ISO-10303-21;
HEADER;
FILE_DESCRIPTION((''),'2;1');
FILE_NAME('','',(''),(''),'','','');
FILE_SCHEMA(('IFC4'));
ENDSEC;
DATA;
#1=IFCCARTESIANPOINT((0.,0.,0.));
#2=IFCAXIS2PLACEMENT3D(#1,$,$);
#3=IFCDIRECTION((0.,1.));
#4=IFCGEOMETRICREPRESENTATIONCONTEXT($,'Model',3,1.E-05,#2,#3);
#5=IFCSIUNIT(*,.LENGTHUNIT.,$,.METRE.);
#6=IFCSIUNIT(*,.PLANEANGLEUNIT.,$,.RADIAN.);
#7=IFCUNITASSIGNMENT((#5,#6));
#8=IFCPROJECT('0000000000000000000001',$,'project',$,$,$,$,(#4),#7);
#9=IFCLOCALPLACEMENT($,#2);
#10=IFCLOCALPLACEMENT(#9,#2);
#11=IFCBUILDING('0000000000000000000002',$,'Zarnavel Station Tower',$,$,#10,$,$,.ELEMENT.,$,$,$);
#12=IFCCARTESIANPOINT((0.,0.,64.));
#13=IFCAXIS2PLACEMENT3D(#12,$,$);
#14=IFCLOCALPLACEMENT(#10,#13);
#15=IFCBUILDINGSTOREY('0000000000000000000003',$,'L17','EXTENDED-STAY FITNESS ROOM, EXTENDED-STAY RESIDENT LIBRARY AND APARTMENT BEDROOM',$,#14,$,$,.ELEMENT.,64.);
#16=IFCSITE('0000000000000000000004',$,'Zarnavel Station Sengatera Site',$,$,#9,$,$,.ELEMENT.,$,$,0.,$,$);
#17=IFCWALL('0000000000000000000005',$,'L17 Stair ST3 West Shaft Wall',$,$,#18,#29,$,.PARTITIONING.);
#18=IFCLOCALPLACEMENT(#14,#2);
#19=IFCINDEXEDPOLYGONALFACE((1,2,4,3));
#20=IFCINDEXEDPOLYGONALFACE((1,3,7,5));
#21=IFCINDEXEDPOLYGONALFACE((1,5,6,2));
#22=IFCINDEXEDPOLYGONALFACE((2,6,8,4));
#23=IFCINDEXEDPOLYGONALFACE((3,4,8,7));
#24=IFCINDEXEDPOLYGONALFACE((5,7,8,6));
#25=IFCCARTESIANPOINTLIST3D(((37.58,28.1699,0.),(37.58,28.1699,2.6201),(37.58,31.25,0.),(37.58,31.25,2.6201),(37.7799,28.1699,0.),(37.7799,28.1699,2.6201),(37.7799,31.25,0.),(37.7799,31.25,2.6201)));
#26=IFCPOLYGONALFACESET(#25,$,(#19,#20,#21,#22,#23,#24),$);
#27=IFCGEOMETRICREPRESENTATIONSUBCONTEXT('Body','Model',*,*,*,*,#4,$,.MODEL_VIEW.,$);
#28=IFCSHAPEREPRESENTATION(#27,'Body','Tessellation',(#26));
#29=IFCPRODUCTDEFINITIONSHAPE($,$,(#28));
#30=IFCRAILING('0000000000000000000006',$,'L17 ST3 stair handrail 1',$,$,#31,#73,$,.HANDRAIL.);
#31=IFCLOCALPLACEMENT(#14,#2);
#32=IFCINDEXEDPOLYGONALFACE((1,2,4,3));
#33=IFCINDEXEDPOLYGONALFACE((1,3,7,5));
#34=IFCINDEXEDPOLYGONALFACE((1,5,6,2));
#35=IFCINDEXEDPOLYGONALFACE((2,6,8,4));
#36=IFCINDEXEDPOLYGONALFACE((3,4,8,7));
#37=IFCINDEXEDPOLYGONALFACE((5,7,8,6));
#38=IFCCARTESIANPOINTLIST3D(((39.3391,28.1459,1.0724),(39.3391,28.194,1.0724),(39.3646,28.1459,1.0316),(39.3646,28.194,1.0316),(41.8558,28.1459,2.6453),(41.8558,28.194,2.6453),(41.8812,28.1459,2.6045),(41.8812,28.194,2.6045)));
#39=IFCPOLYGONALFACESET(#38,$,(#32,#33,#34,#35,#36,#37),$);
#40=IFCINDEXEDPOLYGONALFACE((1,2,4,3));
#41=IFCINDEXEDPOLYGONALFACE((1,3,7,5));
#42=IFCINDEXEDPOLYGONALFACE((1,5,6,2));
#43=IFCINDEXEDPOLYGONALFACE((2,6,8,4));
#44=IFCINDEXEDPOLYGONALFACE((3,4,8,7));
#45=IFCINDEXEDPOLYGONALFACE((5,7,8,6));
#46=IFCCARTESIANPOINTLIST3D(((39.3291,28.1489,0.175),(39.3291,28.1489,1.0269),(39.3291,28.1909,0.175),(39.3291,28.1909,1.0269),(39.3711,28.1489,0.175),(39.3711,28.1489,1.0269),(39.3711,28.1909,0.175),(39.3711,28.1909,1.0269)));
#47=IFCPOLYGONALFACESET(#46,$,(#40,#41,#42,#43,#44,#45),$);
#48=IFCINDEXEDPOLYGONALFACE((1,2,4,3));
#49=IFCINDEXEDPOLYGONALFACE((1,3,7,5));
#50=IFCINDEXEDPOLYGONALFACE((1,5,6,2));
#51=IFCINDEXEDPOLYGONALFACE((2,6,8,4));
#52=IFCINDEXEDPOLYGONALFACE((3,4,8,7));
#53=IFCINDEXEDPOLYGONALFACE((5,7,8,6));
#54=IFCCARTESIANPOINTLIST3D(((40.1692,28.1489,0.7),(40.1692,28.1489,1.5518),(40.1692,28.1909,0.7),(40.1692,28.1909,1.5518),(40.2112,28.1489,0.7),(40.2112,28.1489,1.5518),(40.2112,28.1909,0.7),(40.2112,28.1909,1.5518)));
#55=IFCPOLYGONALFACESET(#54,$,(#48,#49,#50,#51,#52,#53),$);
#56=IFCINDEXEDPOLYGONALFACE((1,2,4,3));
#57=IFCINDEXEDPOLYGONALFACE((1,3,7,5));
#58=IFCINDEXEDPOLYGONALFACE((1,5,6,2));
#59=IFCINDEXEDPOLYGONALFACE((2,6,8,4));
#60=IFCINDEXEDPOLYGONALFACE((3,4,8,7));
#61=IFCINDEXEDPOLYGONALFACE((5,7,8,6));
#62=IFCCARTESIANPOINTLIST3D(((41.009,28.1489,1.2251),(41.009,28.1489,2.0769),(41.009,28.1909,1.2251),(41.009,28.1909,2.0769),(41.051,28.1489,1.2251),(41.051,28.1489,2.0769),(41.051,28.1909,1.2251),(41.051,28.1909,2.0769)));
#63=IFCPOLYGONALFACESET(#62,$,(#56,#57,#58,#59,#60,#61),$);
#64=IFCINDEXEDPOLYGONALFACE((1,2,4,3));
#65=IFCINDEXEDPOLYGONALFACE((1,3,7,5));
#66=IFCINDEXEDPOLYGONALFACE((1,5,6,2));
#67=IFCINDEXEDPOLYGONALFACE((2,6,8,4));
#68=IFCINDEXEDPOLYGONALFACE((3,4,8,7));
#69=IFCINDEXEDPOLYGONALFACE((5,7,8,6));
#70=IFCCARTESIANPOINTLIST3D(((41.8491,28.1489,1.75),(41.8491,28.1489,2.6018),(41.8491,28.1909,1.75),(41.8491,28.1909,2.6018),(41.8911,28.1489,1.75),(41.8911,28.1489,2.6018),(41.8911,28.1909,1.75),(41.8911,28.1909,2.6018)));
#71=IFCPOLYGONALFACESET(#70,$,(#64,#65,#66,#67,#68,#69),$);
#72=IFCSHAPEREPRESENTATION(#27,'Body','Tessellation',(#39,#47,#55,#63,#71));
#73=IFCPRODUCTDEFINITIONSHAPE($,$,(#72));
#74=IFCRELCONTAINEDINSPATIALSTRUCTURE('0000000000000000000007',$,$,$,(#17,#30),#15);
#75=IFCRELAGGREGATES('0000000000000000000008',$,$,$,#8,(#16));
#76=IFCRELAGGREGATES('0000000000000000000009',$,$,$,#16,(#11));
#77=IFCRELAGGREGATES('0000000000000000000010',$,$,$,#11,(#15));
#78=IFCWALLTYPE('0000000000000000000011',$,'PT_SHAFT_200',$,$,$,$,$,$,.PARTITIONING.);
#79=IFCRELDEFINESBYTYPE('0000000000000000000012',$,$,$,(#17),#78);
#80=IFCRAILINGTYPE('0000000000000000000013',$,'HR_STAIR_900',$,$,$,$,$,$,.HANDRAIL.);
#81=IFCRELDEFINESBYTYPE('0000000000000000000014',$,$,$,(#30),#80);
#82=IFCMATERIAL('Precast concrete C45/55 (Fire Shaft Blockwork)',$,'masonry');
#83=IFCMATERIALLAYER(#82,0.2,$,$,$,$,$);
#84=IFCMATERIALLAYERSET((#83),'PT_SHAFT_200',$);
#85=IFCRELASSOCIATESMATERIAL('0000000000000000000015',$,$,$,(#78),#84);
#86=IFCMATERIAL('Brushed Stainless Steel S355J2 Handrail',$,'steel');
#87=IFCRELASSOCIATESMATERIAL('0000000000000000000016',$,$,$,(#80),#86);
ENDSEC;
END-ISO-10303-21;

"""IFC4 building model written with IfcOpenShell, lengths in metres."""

from ifc_helpers import new_model, si_unit, direction, frame, frame_2d, origin, origin_2d, place, context, subcontext, project, spatial, rectangle, extrude, material, layer, layer_set, type_object, element, save


model = new_model("IFC4")

# Units and contexts
model_context = context("Model", 3, precision=1e-05, world=origin(), true_north=direction((0.0, 1.0)))
body_context = subcontext(model_context, "Body", "Model", "MODEL_VIEW")
ifc_project = project(units=[si_unit("LENGTHUNIT", "METRE"), si_unit("PLANEANGLEUNIT", "RADIAN")], contexts=[model_context])

# Site, building, storey
site_placement = place(None, origin())
site = spatial("IfcSite", under=ifc_project, at=site_placement, Name="Zarnavel Station Sengatera Site", CompositionType="ELEMENT", RefElevation=0.0)
building_placement = place(site_placement, origin())
building = spatial("IfcBuilding", under=site, at=building_placement, Name="Zarnavel Station Tower", CompositionType="ELEMENT")
storey_placement = place(building_placement, frame((0.0, 0.0, 64.0)))
storey = spatial("IfcBuildingStorey", under=building, at=storey_placement, Name="L17", Description="EXTENDED-STAY FITNESS ROOM, EXTENDED-STAY RESIDENT LIBRARY AND APARTMENT BEDROOM", CompositionType="ELEMENT", Elevation=64.0)

# Wall
ifc_material_1 = material(Name="Precast concrete C45/55 (Fire Shaft Blockwork)", Category="masonry")
ifc_layer_1 = layer(ifc_material_1, 0.2)
ifc_layer_set_1 = layer_set([ifc_layer_1], Name="PT_SHAFT_200")
wall_type_1 = type_object("IfcWallType", Name="PT_SHAFT_200", PredefinedType="PARTITIONING", material=ifc_layer_set_1)
wall_1_placement = place(storey_placement, frame((37.6799, 28.1699, 0.0), z_axis=(0.0, 0.0, 1.0), x_axis=(0.0, 1.0, 0.0)))
element("IfcWall", 1, at=wall_1_placement, inside=storey, type_object=wall_type_1, Name="L17 Stair ST3 West Shaft Wall", PredefinedType="PARTITIONING", context=body_context, shape_type="SweptSolid", body=[
    extrude(rectangle(XDim=3.0801, YDim=0.2, at=frame_2d((1.54, 0.0))), origin(), (0.0, 0.0, 1.0), 2.6201),
])

# Railing
ifc_material_2 = material(Name="Brushed Stainless Steel S355J2 Handrail", Category="steel")
railing_type = type_object("IfcRailingType", Name="HR_STAIR_900", PredefinedType="HANDRAIL", material=ifc_material_2)
railing_placement = place(storey_placement, frame((39.3501, 28.1699, 0.175)))
element("IfcRailing", 2, at=railing_placement, inside=storey, type_object=railing_type, Name="L17 ST3 stair handrail 1", PredefinedType="HANDRAIL", context=body_context, shape_type="SweptSolid", body=[
    extrude(rectangle(XDim=0.0481, YDim=0.0481, at=origin_2d()), frame((0.0017, 0.0, 0.877), z_axis=(0.848008, 0.0, 0.529984), x_axis=(0.0, 1.0, 0.0)), (0.0, 0.0, 1.0), 2.9678),
    extrude(rectangle(XDim=0.042, YDim=0.042, at=origin_2d()), origin(), (0.0, 0.0, 1.0), 0.8518),
    extrude(rectangle(XDim=0.042, YDim=0.042, at=origin_2d()), frame((0.8401, 0.0, 0.5249)), (0.0, 0.0, 1.0), 0.8518),
    extrude(rectangle(XDim=0.042, YDim=0.042, at=origin_2d()), frame((1.6799, 0.0, 1.05)), (0.0, 0.0, 1.0), 0.8518),
    extrude(rectangle(XDim=0.042, YDim=0.042, at=origin_2d()), frame((2.52, 0.0, 1.575)), (0.0, 0.0, 1.0), 0.8518),
])

save(model, "model.ifc")
